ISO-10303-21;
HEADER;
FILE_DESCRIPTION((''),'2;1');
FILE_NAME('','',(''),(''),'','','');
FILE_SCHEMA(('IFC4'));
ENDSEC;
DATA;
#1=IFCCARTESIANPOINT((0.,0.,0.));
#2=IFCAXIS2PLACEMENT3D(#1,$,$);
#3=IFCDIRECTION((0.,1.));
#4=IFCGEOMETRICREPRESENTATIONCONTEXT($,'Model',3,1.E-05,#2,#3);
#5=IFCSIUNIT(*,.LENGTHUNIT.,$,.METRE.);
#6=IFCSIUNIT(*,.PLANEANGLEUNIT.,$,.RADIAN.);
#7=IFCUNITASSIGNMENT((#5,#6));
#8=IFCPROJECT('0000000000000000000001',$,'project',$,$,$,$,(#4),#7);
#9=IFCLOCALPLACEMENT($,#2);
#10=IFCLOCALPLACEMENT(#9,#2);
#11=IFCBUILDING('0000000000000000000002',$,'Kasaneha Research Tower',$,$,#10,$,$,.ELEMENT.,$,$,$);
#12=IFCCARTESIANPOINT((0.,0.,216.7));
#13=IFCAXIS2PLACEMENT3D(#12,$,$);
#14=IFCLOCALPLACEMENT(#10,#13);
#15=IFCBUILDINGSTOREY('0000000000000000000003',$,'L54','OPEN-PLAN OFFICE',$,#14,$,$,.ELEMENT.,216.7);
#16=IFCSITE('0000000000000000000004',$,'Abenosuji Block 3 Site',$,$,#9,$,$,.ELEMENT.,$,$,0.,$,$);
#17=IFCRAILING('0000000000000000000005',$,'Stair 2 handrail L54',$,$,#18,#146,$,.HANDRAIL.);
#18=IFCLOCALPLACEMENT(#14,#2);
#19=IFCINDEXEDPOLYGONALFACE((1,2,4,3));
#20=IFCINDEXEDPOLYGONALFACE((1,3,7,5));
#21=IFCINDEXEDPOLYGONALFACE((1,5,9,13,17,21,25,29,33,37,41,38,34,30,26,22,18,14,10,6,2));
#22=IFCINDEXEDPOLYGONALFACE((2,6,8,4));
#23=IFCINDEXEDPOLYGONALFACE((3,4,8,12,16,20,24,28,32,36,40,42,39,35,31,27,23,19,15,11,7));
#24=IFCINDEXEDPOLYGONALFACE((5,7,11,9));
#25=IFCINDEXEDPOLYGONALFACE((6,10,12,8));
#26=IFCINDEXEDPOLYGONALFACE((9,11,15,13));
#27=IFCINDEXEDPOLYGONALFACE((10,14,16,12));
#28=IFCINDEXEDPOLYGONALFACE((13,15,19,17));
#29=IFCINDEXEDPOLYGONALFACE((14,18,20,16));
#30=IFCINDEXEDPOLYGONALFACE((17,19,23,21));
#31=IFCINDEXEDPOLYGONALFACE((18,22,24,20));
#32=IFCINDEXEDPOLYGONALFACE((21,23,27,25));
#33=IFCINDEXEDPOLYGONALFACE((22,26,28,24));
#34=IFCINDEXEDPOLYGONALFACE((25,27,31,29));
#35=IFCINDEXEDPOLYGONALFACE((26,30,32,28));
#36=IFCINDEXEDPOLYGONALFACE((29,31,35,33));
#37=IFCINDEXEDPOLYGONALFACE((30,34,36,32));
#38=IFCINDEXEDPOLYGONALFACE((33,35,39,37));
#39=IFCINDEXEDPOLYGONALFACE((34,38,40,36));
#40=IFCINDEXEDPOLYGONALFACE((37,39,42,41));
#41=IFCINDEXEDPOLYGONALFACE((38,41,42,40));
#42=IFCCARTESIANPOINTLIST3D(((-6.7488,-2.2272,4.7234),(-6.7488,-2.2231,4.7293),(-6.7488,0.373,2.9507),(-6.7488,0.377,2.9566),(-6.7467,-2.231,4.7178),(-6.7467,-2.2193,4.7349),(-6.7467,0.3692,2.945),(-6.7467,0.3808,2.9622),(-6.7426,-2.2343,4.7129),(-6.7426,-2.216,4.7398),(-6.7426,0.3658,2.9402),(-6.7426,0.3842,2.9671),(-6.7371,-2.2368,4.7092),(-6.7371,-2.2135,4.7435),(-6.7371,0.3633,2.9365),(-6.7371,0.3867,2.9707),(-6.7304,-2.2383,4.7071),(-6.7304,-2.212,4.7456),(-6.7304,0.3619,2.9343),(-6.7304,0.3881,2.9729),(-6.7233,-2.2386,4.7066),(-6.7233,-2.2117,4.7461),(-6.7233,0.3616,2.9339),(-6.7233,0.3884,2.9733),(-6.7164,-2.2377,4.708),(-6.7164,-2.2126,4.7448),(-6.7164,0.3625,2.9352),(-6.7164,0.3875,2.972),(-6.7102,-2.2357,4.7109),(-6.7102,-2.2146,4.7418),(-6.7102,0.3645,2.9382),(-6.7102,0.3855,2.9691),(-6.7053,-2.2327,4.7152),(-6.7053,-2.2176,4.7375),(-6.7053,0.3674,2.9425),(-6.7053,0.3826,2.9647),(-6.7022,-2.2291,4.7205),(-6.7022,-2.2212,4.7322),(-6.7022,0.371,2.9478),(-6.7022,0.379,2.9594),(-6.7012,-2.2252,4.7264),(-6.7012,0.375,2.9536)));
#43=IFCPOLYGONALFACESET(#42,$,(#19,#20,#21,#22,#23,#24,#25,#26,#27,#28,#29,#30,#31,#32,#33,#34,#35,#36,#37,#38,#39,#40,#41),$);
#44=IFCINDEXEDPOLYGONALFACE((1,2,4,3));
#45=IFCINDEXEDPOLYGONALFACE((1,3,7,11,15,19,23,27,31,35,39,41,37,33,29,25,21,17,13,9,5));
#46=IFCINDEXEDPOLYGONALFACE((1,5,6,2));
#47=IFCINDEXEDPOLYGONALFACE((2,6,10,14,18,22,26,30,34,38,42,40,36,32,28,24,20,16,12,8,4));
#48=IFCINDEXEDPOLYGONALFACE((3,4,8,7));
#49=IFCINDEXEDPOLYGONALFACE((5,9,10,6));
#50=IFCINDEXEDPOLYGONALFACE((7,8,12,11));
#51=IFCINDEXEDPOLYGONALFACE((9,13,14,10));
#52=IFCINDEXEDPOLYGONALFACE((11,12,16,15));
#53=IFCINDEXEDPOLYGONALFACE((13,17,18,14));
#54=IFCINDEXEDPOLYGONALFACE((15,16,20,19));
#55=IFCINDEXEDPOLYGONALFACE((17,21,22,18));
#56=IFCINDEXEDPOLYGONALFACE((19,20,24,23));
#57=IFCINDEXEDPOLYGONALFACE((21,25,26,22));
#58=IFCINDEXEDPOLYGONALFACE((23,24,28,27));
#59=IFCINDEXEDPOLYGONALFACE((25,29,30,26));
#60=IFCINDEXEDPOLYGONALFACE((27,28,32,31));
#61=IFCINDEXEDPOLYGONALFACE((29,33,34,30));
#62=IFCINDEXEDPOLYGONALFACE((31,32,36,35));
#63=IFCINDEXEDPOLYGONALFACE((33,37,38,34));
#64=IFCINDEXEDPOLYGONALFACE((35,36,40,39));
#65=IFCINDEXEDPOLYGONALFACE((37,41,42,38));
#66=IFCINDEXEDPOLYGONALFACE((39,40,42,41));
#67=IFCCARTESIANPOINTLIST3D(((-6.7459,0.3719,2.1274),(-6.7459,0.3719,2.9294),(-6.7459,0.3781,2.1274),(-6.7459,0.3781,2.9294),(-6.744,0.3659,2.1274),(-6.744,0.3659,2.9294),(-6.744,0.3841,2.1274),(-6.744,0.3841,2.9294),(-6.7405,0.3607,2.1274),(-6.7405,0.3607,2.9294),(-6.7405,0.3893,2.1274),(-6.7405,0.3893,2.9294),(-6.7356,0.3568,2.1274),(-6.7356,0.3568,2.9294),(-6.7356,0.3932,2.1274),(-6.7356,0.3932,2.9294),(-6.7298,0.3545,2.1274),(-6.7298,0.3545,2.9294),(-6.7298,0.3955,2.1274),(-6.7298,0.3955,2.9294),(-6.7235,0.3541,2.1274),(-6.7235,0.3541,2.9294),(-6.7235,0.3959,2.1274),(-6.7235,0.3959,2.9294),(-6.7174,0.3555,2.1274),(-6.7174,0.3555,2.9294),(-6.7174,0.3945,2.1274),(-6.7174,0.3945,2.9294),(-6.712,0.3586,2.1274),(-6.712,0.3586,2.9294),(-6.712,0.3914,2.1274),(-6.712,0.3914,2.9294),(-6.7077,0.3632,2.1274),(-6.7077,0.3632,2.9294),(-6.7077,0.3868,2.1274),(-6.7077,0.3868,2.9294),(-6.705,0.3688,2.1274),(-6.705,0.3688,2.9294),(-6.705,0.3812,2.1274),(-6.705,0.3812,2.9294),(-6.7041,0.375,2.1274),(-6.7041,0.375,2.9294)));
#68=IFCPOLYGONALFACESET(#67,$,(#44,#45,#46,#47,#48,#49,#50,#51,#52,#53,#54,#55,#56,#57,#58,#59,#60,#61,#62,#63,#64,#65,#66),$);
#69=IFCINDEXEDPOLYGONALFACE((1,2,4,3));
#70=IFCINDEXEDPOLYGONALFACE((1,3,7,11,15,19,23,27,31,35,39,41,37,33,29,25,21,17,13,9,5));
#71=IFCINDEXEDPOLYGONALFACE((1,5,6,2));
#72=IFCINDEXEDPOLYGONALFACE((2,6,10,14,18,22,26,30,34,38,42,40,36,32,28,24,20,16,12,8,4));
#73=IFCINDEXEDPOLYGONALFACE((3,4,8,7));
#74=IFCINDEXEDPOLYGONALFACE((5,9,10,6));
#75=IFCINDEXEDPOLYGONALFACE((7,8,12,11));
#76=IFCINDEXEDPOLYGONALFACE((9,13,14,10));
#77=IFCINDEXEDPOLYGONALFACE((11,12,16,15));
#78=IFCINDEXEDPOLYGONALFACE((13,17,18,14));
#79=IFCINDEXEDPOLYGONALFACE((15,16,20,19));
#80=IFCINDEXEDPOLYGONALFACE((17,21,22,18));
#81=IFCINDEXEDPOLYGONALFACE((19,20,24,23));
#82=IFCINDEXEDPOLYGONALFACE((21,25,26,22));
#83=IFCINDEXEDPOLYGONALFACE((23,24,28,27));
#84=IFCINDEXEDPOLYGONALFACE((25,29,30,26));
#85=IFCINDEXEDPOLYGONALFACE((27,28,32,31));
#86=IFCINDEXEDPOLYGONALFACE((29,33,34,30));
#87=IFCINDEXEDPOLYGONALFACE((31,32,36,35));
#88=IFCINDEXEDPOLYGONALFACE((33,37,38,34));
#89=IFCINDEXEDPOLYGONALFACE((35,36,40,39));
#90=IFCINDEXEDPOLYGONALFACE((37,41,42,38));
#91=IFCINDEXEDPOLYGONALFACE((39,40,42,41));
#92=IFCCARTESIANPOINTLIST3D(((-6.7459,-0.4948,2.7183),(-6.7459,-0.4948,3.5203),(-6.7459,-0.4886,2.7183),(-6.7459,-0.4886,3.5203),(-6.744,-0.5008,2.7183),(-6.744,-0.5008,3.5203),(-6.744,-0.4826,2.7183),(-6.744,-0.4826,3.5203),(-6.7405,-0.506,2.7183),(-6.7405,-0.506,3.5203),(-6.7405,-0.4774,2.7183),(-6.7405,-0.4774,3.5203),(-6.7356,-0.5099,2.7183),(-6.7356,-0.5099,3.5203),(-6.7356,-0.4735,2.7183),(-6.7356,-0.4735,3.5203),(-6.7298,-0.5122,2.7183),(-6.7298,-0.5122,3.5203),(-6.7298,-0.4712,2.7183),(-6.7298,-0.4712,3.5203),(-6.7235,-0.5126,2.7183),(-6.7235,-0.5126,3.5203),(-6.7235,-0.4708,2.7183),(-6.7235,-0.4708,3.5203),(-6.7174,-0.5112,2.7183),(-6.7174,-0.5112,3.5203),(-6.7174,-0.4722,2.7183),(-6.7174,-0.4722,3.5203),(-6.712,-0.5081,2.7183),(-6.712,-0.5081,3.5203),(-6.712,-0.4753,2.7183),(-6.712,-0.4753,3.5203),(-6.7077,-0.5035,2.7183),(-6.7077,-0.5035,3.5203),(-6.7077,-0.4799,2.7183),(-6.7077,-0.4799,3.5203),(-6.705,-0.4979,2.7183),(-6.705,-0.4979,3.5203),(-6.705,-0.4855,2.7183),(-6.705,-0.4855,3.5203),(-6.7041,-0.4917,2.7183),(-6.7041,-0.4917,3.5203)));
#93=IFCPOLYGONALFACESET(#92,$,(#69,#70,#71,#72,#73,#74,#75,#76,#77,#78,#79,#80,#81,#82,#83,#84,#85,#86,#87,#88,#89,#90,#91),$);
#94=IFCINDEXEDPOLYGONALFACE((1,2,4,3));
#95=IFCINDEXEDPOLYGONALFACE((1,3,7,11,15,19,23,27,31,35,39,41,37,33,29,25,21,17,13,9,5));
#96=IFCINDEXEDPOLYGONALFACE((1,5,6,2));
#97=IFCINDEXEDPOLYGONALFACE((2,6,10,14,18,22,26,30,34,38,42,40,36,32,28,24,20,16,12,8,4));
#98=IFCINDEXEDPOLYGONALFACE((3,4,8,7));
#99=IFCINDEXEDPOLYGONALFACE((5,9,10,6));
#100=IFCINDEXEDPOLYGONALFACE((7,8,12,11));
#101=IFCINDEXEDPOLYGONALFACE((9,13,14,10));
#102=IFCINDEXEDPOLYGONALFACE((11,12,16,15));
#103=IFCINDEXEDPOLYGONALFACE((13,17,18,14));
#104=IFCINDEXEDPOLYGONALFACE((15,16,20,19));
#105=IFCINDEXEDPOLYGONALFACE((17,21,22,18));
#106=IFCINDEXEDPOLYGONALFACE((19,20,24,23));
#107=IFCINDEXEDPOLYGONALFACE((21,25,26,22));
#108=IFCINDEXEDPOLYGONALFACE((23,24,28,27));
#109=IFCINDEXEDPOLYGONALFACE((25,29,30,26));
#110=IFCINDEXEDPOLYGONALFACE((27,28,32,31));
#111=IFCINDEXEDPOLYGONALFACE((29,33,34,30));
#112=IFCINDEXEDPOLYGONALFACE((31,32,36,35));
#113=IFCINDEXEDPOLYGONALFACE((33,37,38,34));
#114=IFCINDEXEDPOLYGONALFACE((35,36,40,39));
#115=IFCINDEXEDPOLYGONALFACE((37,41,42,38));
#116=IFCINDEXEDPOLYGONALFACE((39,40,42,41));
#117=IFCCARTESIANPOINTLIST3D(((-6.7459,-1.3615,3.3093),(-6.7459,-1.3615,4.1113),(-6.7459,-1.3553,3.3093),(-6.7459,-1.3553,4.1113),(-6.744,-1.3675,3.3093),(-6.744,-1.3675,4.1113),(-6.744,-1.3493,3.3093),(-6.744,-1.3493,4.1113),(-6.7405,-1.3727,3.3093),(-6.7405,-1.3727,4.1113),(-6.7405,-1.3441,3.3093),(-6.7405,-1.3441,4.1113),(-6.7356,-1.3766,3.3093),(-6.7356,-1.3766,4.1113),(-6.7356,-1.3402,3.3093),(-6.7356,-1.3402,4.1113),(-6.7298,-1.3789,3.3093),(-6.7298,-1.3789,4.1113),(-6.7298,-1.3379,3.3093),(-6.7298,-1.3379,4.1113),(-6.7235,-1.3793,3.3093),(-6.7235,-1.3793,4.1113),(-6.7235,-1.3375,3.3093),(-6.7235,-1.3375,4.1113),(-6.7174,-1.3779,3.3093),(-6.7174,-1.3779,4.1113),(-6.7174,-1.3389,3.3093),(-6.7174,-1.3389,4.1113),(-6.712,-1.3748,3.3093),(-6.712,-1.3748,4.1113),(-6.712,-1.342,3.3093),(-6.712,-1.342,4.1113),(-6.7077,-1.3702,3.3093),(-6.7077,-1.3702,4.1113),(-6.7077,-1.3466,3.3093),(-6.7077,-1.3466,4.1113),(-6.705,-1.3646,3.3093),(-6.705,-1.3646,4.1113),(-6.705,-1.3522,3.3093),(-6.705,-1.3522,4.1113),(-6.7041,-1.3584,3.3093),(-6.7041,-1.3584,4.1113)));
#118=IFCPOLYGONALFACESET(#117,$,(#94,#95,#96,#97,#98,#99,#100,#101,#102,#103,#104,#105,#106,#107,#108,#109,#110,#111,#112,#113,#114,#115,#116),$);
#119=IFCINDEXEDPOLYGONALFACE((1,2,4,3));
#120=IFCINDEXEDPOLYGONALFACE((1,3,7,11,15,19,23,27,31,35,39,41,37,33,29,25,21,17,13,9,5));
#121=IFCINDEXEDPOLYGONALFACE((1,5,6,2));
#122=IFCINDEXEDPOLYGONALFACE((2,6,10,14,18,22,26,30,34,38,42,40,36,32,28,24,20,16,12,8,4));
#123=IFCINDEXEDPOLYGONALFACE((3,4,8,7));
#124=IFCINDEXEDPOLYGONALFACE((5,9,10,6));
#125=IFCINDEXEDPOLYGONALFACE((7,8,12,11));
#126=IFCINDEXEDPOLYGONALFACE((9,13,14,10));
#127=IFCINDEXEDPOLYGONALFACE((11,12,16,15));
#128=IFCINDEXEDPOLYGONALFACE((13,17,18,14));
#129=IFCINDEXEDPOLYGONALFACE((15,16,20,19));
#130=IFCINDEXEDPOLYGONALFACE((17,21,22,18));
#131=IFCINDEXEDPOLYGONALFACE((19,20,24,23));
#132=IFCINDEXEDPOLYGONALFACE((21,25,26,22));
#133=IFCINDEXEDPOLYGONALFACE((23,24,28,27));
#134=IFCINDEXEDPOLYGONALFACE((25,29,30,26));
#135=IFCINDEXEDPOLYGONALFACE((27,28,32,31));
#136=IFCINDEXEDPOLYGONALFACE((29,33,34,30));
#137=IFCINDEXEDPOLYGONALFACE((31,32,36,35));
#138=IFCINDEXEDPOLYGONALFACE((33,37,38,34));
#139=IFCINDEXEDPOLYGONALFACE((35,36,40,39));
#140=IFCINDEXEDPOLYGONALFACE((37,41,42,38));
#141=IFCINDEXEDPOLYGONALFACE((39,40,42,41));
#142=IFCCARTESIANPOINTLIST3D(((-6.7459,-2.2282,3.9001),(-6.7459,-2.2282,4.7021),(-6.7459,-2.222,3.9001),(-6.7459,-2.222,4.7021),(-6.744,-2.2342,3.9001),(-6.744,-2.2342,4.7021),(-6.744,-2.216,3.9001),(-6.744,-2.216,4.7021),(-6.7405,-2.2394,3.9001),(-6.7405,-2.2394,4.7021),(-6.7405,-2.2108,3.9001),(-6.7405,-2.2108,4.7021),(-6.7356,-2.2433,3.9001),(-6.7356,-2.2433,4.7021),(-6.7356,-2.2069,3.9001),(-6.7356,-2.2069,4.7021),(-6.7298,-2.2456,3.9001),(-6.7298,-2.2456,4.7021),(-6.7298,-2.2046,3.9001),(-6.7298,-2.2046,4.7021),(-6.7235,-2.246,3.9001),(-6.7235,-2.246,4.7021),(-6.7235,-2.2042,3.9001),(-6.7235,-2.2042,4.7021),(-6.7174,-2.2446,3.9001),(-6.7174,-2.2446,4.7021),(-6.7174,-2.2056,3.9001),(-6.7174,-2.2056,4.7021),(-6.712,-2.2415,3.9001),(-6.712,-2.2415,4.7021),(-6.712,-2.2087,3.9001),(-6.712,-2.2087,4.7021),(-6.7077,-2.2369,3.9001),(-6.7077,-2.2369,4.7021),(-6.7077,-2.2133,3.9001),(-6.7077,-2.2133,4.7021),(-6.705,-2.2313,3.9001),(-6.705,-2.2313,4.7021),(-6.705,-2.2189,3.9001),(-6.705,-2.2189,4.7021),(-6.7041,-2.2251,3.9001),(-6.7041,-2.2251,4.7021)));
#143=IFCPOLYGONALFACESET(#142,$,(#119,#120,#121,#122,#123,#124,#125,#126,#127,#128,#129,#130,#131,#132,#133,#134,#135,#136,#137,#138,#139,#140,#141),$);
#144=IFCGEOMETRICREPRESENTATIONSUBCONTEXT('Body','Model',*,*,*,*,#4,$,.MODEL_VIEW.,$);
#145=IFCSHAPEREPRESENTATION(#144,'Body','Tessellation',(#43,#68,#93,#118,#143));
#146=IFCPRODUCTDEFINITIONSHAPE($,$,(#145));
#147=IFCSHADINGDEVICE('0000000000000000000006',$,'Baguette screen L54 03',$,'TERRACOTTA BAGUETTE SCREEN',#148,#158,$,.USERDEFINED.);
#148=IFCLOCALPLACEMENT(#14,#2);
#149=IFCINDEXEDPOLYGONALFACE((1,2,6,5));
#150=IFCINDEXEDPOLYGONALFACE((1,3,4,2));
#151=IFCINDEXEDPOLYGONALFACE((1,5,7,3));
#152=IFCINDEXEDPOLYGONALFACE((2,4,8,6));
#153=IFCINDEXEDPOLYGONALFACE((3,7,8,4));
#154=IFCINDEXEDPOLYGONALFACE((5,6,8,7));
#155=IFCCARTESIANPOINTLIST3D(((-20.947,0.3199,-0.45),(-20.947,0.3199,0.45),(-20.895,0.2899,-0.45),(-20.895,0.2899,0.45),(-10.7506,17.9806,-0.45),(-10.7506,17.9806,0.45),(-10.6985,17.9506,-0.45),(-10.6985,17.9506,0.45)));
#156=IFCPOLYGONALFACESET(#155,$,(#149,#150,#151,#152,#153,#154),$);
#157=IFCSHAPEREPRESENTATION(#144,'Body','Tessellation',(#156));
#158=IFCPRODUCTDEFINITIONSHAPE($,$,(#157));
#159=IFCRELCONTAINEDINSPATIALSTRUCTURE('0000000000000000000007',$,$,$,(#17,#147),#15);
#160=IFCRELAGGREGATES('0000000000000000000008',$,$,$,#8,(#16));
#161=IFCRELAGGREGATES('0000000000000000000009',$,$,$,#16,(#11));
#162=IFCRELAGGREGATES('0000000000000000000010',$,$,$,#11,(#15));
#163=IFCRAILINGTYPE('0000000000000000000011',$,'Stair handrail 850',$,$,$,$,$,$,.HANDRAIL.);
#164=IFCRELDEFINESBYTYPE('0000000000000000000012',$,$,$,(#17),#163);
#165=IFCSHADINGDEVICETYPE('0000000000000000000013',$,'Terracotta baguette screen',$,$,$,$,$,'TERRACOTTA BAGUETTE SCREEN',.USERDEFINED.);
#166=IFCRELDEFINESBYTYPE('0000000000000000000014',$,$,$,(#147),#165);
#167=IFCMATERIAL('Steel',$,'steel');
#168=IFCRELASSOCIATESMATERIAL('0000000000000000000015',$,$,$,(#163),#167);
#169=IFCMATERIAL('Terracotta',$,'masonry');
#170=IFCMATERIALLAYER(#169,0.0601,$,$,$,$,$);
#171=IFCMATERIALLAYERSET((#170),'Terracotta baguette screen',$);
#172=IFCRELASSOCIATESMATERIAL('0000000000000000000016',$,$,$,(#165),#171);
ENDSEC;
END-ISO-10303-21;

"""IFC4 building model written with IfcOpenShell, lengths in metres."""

from ifc_helpers import new_model, si_unit, direction, frame, origin, origin_2d, place, context, subcontext, project, spatial, rectangle, circle, extrude, material, layer, layer_set, type_object, element, save


model = new_model("IFC4")

# Units and contexts
model_context = context("Model", 3, precision=1e-05, world=origin(), true_north=direction((0.0, 1.0)))
body_context = subcontext(model_context, "Body", "Model", "MODEL_VIEW")
ifc_project = project(units=[si_unit("LENGTHUNIT", "METRE"), si_unit("PLANEANGLEUNIT", "RADIAN")], contexts=[model_context])

# Site, building, storey
site_placement = place(None, origin())
site = spatial("IfcSite", under=ifc_project, at=site_placement, Name="Abenosuji Block 3 Site", CompositionType="ELEMENT", RefElevation=0.0)
building_placement = place(site_placement, origin())
building = spatial("IfcBuilding", under=site, at=building_placement, Name="Kasaneha Research Tower", CompositionType="ELEMENT")
storey_placement = place(building_placement, frame((0.0, 0.0, 216.7)))
storey = spatial("IfcBuildingStorey", under=building, at=storey_placement, Name="L54", Description="OPEN-PLAN OFFICE", CompositionType="ELEMENT", Elevation=216.7)

# Railing
ifc_material_1 = material(Name="Steel", Category="steel")
railing_type_1 = type_object("IfcRailingType", Name="Stair handrail 850", PredefinedType="HANDRAIL", material=ifc_material_1)
railing_1_placement = place(storey_placement, frame((-6.7251, 0.375, 2.1274)))
element("IfcRailing", 1, at=railing_1_placement, inside=storey, type_object=railing_type_1, Name="Stair 2 handrail L54", PredefinedType="HANDRAIL", context=body_context, shape_type="SweptSolid", body=[
    extrude(circle(Radius=0.0239, at=origin_2d()), frame((0.0, 0.0, 0.8262), z_axis=(0.0, -0.82624, 0.563318), x_axis=(1.0, 0.0, 0.0)), (0.0, 0.0, 1.0), 3.147),
    extrude(circle(Radius=0.021, at=origin_2d()), origin(), (0.0, 0.0, 1.0), 0.802),
    extrude(circle(Radius=0.021, at=origin_2d()), frame((0.0, -0.8667, 0.5908)), (0.0, 0.0, 1.0), 0.802),
    extrude(circle(Radius=0.021, at=origin_2d()), frame((0.0, -1.7334, 1.1819)), (0.0, 0.0, 1.0), 0.802),
    extrude(circle(Radius=0.021, at=origin_2d()), frame((0.0, -2.6001, 1.7727)), (0.0, 0.0, 1.0), 0.802),
])

# Shading device
ifc_material_2 = material(Name="Terracotta", Category="masonry")
ifc_layer_1 = layer(ifc_material_2, 0.0601)
ifc_layer_set_1 = layer_set([ifc_layer_1], Name="Terracotta baguette screen")
shading_device_type = type_object("IfcShadingDeviceType", Name="Terracotta baguette screen", ElementType="TERRACOTTA BAGUETTE SCREEN", PredefinedType="USERDEFINED", material=ifc_layer_set_1)
shading_device_placement = place(storey_placement, frame((-15.8228, 9.1353, -0.45), z_axis=(0.0, 0.0, 1.0), x_axis=(-0.5, -0.866025, 0.0)))
element("IfcShadingDevice", 2, at=shading_device_placement, inside=storey, type_object=shading_device_type, Name="Baguette screen L54 03", ObjectType="TERRACOTTA BAGUETTE SCREEN", PredefinedType="USERDEFINED", context=body_context, shape_type="SweptSolid", body=[
    extrude(rectangle(XDim=20.3928, YDim=0.0601, at=origin_2d()), origin(), (0.0, 0.0, 1.0), 0.8999),
])

save(model, "model.ifc")
